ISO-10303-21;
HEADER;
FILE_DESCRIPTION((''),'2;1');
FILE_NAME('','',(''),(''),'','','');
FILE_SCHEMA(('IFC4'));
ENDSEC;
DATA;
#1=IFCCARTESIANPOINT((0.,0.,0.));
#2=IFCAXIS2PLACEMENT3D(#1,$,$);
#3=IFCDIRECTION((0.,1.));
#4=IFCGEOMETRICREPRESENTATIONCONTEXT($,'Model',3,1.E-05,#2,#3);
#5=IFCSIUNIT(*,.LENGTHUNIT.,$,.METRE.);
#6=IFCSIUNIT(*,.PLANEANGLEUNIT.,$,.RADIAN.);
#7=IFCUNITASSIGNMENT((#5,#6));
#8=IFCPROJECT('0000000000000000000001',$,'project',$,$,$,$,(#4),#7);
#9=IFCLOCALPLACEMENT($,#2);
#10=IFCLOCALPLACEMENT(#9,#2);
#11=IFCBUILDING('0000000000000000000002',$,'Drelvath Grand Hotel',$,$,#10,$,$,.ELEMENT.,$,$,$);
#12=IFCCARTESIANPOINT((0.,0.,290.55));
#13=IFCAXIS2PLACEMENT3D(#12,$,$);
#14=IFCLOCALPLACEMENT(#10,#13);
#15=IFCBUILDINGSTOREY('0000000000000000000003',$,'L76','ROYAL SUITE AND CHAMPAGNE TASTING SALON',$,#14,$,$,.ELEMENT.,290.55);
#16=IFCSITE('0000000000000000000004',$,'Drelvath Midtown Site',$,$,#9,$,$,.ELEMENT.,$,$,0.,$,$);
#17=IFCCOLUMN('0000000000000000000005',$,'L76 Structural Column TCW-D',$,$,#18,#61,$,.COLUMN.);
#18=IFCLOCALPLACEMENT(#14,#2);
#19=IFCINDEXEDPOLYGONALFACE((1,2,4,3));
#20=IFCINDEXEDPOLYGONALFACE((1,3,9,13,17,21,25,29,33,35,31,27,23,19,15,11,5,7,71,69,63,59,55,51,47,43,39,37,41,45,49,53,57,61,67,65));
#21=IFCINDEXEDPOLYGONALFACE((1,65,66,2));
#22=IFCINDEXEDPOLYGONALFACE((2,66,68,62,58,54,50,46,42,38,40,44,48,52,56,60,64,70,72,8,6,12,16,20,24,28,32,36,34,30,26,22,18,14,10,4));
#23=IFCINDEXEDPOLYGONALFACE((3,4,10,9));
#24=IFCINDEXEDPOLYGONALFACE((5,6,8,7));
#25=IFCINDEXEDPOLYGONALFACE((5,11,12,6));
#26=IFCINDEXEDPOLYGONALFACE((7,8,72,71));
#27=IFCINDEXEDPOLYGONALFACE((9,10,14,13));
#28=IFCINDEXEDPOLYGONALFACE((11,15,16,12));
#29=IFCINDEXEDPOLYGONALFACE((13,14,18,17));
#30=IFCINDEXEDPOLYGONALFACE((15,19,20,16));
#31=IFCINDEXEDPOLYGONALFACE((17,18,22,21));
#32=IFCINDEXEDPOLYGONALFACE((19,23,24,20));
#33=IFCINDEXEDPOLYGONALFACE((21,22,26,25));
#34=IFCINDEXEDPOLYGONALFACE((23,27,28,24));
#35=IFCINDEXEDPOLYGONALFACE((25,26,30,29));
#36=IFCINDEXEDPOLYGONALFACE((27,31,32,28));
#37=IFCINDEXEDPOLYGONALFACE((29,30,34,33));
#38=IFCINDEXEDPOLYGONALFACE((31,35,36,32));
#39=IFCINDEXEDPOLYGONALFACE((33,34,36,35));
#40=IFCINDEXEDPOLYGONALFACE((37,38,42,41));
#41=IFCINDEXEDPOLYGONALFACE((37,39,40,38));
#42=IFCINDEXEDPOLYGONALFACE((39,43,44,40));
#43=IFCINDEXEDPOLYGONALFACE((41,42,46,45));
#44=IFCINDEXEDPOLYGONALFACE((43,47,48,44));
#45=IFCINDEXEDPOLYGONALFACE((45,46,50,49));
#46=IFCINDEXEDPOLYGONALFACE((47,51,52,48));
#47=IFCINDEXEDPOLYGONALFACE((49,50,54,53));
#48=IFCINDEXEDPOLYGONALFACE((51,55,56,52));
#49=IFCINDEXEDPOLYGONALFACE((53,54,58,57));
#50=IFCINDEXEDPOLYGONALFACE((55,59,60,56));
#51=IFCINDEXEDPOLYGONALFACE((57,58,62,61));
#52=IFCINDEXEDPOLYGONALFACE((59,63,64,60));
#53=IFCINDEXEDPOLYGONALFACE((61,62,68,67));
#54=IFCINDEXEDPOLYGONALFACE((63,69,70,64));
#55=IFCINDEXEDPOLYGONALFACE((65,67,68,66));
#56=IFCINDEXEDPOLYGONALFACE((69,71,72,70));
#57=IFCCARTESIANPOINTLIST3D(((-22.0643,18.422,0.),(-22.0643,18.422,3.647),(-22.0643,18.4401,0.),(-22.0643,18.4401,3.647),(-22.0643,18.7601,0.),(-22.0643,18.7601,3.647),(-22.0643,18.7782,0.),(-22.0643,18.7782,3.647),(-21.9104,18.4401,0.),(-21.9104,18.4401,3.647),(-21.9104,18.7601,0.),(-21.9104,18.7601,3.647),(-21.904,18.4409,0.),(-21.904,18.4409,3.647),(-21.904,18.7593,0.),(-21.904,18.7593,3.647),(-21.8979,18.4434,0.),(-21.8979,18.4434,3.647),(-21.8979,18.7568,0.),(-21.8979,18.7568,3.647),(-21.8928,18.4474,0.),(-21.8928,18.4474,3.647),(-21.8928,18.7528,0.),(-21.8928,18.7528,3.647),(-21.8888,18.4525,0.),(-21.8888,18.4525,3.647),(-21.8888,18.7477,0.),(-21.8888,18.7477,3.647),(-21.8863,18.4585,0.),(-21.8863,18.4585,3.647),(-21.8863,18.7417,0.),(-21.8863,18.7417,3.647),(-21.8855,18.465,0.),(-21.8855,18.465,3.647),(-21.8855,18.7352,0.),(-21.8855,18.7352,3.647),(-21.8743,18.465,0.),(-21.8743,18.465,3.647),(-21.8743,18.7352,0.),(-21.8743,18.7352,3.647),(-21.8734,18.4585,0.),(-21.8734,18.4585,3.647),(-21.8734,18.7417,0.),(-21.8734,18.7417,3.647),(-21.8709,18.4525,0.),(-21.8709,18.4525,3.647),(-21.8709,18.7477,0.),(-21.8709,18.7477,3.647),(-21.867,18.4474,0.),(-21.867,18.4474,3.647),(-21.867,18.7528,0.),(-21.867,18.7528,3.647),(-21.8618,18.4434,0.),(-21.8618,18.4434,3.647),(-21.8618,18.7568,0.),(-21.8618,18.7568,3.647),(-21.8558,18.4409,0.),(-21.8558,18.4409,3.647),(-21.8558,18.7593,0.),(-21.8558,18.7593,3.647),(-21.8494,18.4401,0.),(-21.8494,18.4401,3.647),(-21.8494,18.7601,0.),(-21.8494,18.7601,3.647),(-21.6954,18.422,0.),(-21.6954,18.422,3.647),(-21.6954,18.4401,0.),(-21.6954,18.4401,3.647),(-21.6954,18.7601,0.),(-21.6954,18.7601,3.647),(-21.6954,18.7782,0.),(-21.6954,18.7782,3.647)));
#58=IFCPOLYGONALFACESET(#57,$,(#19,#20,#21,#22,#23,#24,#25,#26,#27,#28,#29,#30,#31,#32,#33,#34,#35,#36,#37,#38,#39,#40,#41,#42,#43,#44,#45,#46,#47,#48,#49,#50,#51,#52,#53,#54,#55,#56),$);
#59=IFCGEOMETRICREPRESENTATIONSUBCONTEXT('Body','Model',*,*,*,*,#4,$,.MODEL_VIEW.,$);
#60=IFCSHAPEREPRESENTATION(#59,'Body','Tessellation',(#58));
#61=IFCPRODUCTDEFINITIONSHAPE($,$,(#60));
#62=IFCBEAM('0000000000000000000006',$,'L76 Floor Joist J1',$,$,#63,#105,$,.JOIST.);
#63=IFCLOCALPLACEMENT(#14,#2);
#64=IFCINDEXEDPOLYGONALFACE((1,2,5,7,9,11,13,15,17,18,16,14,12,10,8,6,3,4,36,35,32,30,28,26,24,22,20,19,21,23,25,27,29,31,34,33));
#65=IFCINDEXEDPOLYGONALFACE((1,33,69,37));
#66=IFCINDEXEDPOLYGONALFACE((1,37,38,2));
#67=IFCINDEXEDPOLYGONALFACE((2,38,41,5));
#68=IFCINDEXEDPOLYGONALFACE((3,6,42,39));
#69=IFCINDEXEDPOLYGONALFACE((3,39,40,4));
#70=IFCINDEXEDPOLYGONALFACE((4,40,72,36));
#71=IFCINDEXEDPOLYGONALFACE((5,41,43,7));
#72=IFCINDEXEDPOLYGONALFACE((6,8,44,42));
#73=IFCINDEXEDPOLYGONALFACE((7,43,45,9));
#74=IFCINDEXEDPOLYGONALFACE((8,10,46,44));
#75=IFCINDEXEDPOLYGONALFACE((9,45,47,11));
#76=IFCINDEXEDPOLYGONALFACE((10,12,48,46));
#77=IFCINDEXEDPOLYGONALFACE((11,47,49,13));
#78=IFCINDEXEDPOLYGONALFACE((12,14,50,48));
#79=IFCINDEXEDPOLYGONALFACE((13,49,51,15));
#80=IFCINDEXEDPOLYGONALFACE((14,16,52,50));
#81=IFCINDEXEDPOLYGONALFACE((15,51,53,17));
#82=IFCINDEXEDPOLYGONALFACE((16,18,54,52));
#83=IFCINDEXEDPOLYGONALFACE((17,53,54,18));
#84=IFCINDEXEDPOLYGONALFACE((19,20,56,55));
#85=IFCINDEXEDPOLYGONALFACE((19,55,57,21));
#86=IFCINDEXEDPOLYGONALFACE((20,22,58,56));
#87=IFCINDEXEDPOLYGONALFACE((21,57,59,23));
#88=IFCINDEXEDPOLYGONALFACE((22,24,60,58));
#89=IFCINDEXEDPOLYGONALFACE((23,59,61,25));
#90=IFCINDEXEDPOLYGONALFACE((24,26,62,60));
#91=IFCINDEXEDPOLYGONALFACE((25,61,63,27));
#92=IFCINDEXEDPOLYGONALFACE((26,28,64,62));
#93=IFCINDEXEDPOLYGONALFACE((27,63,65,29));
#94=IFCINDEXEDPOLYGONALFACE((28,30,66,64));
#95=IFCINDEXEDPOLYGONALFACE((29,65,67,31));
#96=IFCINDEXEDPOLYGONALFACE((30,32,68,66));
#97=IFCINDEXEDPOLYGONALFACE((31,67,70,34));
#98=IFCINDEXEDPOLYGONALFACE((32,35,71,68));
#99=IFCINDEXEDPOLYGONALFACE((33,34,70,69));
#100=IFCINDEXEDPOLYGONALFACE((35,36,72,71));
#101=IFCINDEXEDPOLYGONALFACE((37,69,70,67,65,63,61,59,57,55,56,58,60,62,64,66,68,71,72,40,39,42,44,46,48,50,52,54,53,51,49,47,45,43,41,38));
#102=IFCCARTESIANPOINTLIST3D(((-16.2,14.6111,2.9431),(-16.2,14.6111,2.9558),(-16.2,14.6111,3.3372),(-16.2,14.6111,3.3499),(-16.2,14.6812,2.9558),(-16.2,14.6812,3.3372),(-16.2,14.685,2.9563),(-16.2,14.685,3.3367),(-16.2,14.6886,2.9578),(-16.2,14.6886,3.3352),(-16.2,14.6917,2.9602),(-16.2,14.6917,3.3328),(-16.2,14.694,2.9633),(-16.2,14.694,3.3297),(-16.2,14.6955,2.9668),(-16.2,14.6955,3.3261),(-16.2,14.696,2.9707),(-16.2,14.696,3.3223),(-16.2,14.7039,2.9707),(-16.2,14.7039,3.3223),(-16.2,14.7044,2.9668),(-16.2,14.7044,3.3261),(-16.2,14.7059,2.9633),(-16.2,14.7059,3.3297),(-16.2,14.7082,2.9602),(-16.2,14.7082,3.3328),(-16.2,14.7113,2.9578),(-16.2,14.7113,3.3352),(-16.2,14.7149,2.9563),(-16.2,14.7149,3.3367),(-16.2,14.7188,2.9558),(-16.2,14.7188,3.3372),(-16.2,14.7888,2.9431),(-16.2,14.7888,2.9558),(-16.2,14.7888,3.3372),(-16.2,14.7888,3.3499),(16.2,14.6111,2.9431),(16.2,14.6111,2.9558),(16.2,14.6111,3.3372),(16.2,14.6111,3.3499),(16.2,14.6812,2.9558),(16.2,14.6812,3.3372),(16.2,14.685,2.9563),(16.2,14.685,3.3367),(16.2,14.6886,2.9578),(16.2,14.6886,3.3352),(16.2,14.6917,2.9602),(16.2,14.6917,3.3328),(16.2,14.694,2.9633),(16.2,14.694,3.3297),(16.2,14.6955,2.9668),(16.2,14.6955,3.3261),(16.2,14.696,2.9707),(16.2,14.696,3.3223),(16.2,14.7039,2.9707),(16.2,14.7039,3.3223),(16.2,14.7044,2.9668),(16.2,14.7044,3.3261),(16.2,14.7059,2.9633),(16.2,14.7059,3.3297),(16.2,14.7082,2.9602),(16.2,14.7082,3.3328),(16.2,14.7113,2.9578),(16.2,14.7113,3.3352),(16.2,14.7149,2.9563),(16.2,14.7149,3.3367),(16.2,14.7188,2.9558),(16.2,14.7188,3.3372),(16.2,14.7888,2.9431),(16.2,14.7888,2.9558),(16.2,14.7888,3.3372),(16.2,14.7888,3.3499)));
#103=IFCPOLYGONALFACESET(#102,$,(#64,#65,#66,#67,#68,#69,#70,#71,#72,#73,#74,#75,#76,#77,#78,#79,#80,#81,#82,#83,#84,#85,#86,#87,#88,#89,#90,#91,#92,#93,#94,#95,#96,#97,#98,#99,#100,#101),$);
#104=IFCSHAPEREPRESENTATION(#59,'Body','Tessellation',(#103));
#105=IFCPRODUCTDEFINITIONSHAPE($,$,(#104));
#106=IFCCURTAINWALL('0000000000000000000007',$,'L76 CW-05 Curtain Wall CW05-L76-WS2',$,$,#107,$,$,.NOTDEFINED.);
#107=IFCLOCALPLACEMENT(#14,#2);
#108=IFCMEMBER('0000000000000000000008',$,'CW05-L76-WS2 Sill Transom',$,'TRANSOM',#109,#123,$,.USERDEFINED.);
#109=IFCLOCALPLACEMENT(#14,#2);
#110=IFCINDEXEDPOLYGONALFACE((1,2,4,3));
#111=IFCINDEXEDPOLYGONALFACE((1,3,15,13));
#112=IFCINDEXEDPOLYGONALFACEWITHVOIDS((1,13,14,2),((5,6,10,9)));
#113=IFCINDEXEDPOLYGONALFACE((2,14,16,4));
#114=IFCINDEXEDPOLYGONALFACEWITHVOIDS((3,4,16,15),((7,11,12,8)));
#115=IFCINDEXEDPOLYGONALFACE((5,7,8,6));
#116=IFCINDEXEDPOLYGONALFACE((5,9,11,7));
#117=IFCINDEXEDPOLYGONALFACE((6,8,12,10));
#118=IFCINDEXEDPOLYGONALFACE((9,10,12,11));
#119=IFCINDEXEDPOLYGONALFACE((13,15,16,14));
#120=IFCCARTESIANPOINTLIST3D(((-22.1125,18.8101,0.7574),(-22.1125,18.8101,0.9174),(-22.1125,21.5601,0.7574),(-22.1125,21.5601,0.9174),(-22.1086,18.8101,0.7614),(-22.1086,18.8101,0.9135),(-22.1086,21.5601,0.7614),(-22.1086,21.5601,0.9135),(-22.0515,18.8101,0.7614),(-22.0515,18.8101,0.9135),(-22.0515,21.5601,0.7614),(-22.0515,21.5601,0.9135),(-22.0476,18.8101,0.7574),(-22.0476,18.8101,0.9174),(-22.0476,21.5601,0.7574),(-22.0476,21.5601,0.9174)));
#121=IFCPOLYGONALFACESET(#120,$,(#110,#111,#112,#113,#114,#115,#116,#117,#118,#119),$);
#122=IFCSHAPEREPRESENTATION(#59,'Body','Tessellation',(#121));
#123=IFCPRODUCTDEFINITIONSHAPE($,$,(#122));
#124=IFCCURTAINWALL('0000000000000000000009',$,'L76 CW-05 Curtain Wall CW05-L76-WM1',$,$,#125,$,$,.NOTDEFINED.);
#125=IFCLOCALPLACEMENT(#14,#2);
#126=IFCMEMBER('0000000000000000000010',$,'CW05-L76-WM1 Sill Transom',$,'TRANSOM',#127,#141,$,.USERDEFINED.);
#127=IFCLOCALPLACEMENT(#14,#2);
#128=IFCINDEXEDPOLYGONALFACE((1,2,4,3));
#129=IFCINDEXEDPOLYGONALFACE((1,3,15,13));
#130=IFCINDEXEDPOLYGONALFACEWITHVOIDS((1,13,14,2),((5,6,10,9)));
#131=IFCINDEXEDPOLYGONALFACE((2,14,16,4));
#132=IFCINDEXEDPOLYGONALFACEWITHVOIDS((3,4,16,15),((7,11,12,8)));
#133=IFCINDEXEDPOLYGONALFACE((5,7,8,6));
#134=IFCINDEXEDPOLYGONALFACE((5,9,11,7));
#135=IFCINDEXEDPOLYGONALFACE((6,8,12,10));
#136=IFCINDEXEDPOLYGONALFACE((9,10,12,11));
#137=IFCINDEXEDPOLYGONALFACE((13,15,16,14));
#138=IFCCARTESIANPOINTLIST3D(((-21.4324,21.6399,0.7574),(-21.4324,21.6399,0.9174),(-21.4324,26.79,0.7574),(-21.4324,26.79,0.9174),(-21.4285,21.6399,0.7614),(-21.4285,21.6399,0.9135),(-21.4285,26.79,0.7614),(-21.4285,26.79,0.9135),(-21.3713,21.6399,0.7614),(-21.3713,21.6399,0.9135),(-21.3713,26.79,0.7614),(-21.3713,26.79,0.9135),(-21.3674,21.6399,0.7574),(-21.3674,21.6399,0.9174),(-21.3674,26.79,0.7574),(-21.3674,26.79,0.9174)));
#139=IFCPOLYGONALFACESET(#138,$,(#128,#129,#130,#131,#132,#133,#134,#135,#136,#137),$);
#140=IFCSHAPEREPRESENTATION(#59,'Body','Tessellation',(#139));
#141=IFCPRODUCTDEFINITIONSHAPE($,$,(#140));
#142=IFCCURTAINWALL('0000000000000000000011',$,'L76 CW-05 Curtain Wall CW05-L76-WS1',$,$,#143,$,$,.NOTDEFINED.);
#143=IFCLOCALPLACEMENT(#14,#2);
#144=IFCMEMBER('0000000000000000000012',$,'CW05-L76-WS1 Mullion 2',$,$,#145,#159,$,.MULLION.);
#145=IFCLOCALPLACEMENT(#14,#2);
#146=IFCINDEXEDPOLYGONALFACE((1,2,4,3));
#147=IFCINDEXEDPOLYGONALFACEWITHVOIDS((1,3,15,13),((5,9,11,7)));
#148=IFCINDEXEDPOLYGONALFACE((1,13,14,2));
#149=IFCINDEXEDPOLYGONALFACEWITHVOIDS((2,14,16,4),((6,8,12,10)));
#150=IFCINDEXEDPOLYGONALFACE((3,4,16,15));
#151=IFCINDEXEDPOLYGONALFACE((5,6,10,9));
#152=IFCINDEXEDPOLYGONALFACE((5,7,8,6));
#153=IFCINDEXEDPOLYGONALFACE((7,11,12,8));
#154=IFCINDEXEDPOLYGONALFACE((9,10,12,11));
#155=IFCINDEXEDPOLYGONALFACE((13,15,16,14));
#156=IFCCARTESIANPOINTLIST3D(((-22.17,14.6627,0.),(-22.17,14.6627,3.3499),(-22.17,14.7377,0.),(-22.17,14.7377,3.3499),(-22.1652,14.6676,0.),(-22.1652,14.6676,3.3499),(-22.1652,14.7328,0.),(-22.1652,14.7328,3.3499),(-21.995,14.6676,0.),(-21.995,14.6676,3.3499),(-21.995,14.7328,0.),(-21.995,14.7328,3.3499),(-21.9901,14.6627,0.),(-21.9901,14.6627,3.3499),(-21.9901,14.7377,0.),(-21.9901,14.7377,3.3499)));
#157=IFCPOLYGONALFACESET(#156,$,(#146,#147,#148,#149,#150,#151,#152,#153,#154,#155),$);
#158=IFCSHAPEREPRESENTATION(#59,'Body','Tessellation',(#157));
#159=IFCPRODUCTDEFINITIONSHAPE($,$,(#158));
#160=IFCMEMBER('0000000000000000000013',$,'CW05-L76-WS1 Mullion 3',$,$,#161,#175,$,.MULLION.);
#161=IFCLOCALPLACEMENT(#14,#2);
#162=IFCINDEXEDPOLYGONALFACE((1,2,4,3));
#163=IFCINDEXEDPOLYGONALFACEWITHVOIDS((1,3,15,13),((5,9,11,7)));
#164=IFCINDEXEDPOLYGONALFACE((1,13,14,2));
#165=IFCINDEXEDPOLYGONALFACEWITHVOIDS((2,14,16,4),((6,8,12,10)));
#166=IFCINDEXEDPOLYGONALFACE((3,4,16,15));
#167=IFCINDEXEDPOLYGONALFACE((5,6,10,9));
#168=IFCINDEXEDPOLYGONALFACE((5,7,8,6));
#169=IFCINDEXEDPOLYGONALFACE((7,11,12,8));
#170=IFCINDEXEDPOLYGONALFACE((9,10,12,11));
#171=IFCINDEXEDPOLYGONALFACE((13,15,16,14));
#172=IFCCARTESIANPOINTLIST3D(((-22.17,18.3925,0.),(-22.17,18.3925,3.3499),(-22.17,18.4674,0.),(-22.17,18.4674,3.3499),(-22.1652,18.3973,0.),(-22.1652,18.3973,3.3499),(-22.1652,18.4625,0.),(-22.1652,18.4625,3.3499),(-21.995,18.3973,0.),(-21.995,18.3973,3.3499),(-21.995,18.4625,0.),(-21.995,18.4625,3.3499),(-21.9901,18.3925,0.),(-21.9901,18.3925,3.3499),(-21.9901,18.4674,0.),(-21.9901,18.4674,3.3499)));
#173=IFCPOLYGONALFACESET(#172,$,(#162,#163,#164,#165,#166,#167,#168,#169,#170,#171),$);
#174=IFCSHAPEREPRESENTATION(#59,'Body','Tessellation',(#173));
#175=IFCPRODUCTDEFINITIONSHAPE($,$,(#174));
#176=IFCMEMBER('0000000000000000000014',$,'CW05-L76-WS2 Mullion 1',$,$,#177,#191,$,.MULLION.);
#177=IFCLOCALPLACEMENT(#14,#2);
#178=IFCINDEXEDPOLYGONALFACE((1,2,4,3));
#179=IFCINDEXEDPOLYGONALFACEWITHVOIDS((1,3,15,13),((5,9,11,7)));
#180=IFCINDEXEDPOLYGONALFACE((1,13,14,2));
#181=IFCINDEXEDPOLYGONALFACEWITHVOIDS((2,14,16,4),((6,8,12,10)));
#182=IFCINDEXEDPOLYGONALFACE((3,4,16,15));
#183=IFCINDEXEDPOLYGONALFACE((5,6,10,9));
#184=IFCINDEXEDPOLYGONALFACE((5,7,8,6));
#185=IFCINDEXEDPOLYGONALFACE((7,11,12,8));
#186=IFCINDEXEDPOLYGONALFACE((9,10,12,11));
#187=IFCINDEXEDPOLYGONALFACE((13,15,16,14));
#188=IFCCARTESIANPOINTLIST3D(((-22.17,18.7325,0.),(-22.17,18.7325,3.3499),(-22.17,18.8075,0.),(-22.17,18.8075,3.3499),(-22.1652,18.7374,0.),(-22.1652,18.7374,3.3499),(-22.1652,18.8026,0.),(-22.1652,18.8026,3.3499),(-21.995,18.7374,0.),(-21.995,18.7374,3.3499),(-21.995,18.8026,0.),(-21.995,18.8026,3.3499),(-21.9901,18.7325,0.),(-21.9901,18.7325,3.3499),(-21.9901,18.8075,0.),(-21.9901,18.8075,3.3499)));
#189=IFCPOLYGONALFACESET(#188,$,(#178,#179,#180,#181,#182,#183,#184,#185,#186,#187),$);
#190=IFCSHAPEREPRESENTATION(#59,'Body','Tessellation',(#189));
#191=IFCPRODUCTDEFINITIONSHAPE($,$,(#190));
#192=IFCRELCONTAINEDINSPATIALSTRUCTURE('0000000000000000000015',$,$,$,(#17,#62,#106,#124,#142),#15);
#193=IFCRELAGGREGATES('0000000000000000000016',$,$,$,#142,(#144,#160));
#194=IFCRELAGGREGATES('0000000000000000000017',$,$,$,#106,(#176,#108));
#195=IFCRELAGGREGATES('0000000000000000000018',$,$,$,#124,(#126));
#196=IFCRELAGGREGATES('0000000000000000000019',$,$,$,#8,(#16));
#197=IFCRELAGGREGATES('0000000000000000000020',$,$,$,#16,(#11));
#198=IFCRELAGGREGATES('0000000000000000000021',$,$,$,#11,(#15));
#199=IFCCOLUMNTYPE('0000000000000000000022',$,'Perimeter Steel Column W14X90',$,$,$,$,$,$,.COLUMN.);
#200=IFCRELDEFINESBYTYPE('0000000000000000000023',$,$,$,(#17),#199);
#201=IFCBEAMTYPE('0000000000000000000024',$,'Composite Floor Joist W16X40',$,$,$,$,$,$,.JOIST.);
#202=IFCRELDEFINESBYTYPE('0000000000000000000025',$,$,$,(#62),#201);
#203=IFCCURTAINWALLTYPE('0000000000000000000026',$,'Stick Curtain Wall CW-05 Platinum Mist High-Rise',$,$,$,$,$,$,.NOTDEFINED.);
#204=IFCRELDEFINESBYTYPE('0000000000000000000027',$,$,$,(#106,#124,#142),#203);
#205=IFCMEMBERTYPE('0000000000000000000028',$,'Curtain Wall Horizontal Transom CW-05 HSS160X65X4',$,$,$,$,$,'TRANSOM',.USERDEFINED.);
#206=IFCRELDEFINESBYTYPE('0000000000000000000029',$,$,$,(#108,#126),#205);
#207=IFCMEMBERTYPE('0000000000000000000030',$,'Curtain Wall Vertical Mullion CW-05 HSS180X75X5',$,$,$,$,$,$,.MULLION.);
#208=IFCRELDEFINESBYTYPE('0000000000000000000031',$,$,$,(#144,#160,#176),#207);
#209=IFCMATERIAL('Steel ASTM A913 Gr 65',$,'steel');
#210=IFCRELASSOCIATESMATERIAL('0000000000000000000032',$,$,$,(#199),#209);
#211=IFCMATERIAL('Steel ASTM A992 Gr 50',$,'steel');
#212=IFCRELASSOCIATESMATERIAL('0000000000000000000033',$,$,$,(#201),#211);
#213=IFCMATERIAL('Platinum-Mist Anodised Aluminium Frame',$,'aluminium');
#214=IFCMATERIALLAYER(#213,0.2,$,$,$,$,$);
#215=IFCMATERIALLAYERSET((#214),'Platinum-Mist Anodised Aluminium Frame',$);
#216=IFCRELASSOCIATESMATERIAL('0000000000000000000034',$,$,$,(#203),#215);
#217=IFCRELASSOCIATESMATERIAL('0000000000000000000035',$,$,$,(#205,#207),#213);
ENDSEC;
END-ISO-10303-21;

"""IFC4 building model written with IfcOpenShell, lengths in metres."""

from ifc_helpers import new_model, si_unit, direction, frame, origin, origin_2d, place, context, subcontext, project, spatial, hollow_rectangle, i_section, extrude, material, layer, layer_set, material_profile, profile_set, type_object, element, aggregate, save


model = new_model("IFC4")

# Units and contexts
model_context = context("Model", 3, precision=1e-05, world=origin(), true_north=direction((0.0, 1.0)))
body_context = subcontext(model_context, "Body", "Model", "MODEL_VIEW")
ifc_project = project(units=[si_unit("LENGTHUNIT", "METRE"), si_unit("PLANEANGLEUNIT", "RADIAN")], contexts=[model_context])

# Site, building, storey
site_placement = place(None, origin())
site = spatial("IfcSite", under=ifc_project, at=site_placement, Name="Drelvath Midtown Site", CompositionType="ELEMENT", RefElevation=0.0)
building_placement = place(site_placement, origin())
building = spatial("IfcBuilding", under=site, at=building_placement, Name="Drelvath Grand Hotel", CompositionType="ELEMENT")
storey_placement = place(building_placement, frame((0.0, 0.0, 290.55)))
storey = spatial("IfcBuildingStorey", under=building, at=storey_placement, Name="L76", Description="ROYAL SUITE AND CHAMPAGNE TASTING SALON", CompositionType="ELEMENT", Elevation=290.55)

# Column
ifc_material_1 = material(Name="Steel ASTM A913 Gr 65", Category="steel")
ifc_material_profile_1 = material_profile(ifc_material_1, i_section(OverallWidth=0.3689, OverallDepth=0.3562, WebThickness=0.0112, FlangeThickness=0.0181, FilletRadius=0.0249, at=origin_2d()), Name="W14X90")
ifc_profile_set_1 = profile_set([ifc_material_profile_1], Name="Steel ASTM A913 Gr 65")
column_type = type_object("IfcColumnType", Name="Perimeter Steel Column W14X90", PredefinedType="COLUMN", material=ifc_profile_set_1)
column_placement = place(storey_placement, frame((-21.8799, 18.6001, 0.0), z_axis=(0.0, 0.0, 1.0), x_axis=(1.0, 0.0, 0.0)))
element("IfcColumn", 1, at=column_placement, inside=storey, type_object=column_type, Name="L76 Structural Column TCW-D", PredefinedType="COLUMN", context=body_context, shape_type="SweptSolid", body=[
    extrude(i_section(OverallWidth=0.3689, OverallDepth=0.3562, WebThickness=0.0112, FlangeThickness=0.0181, FilletRadius=0.0249, at=origin_2d()), origin(), (0.0, 0.0, 1.0), 3.647),
])

# Beam
ifc_material_2 = material(Name="Steel ASTM A992 Gr 50", Category="steel")
ifc_material_profile_2 = material_profile(ifc_material_2, i_section(OverallWidth=0.1777, OverallDepth=0.4067, WebThickness=0.0078, FlangeThickness=0.0127, FilletRadius=0.0149, at=origin_2d()), Name="W16X40")
ifc_profile_set_2 = profile_set([ifc_material_profile_2], Name="Steel ASTM A992 Gr 50")
beam_type_1 = type_object("IfcBeamType", Name="Composite Floor Joist W16X40", PredefinedType="JOIST", material=ifc_profile_set_2)
beam_1_placement = place(storey_placement, frame((-16.2, 14.7, 3.1465), z_axis=(1.0, 0.0, 0.0), x_axis=(0.0, 1.0, 0.0)))
element("IfcBeam", 2, at=beam_1_placement, inside=storey, type_object=beam_type_1, Name="L76 Floor Joist J1", PredefinedType="JOIST", context=body_context, shape_type="SweptSolid", body=[
    extrude(i_section(OverallWidth=0.1777, OverallDepth=0.4067, WebThickness=0.0078, FlangeThickness=0.0127, FilletRadius=0.0149, at=origin_2d()), origin(), (0.0, 0.0, 1.0), 32.3999),
])

# Curtain walls, members
ifc_material_3 = material(Name="Platinum-Mist Anodised Aluminium Frame", Category="aluminium")
ifc_layer_1 = layer(ifc_material_3, 0.2)
ifc_layer_set_1 = layer_set([ifc_layer_1], Name="Platinum-Mist Anodised Aluminium Frame")
curtain_wall_type = type_object("IfcCurtainWallType", Name="Stick Curtain Wall CW-05 Platinum Mist High-Rise", PredefinedType="NOTDEFINED", material=ifc_layer_set_1)
curtain_wall_1_placement = place(storey_placement, origin())
curtain_wall_1 = element("IfcCurtainWall", 3, at=curtain_wall_1_placement, inside=storey, type_object=curtain_wall_type, Name="L76 CW-05 Curtain Wall CW05-L76-WS2", PredefinedType="NOTDEFINED")
ifc_material_profile_3 = material_profile(ifc_material_3, hollow_rectangle(XDim=0.0649, YDim=0.1599, WallThickness=0.0039, at=origin_2d()), Name="HSS160X65X4")
ifc_profile_set_3 = profile_set([ifc_material_profile_3], Name="Platinum-Mist Anodised Aluminium Frame")
member_type_1 = type_object("IfcMemberType", Name="Curtain Wall Horizontal Transom CW-05 HSS160X65X4", ElementType="TRANSOM", PredefinedType="USERDEFINED", material=ifc_profile_set_3)
member_1_placement = place(storey_placement, frame((-22.0801, 18.8101, 0.8374), z_axis=(0.0, 1.0, 0.0), x_axis=(-1.0, 0.0, 0.0)))
member_1 = element("IfcMember", 4, at=member_1_placement, type_object=member_type_1, Name="CW05-L76-WS2 Sill Transom", ObjectType="TRANSOM", PredefinedType="USERDEFINED", context=body_context, shape_type="SweptSolid", body=[
    extrude(hollow_rectangle(XDim=0.0649, YDim=0.1599, WallThickness=0.0039, at=origin_2d()), origin(), (0.0, 0.0, 1.0), 2.75),
])
curtain_wall_2_placement = place(storey_placement, origin())
curtain_wall_2 = element("IfcCurtainWall", 5, at=curtain_wall_2_placement, inside=storey, type_object=curtain_wall_type, Name="L76 CW-05 Curtain Wall CW05-L76-WM1", PredefinedType="NOTDEFINED")
member_2_placement = place(storey_placement, frame((-21.3999, 21.6399, 0.8374), z_axis=(0.0, 1.0, 0.0), x_axis=(-1.0, 0.0, 0.0)))
member_2 = element("IfcMember", 6, at=member_2_placement, type_object=member_type_1, Name="CW05-L76-WM1 Sill Transom", ObjectType="TRANSOM", PredefinedType="USERDEFINED", context=body_context, shape_type="SweptSolid", body=[
    extrude(hollow_rectangle(XDim=0.0649, YDim=0.1599, WallThickness=0.0039, at=origin_2d()), origin(), (0.0, 0.0, 1.0), 5.1501),
])

# Curtain wall, members
curtain_wall_3_placement = place(storey_placement, origin())
curtain_wall_3 = element("IfcCurtainWall", 7, at=curtain_wall_3_placement, inside=storey, type_object=curtain_wall_type, Name="L76 CW-05 Curtain Wall CW05-L76-WS1", PredefinedType="NOTDEFINED")
ifc_material_profile_4 = material_profile(ifc_material_3, hollow_rectangle(XDim=0.075, YDim=0.1799, WallThickness=0.0049, at=origin_2d()), Name="HSS180X75X5")
ifc_profile_set_4 = profile_set([ifc_material_profile_4], Name="Platinum-Mist Anodised Aluminium Frame")
member_type_2 = type_object("IfcMemberType", Name="Curtain Wall Vertical Mullion CW-05 HSS180X75X5", PredefinedType="MULLION", material=ifc_profile_set_4)
member_3_placement = place(storey_placement, frame((-22.0801, 14.7002, 0.0), z_axis=(0.0, 0.0, 1.0), x_axis=(0.0, 1.0, 0.0)))
member_3 = element("IfcMember", 8, at=member_3_placement, type_object=member_type_2, Name="CW05-L76-WS1 Mullion 2", PredefinedType="MULLION", context=body_context, shape_type="SweptSolid", body=[
    extrude(hollow_rectangle(XDim=0.075, YDim=0.1799, WallThickness=0.0049, at=origin_2d()), origin(), (0.0, 0.0, 1.0), 3.3499),
])
member_4_placement = place(storey_placement, frame((-22.0801, 18.4299, 0.0), z_axis=(0.0, 0.0, 1.0), x_axis=(0.0, 1.0, 0.0)))
member_4 = element("IfcMember", 9, at=member_4_placement, type_object=member_type_2, Name="CW05-L76-WS1 Mullion 3", PredefinedType="MULLION", context=body_context, shape_type="SweptSolid", body=[
    extrude(hollow_rectangle(XDim=0.075, YDim=0.1799, WallThickness=0.0049, at=origin_2d()), origin(), (0.0, 0.0, 1.0), 3.3499),
])

# Member
member_5_placement = place(storey_placement, frame((-22.0801, 18.77, 0.0), z_axis=(0.0, 0.0, 1.0), x_axis=(0.0, 1.0, 0.0)))
member_5 = element("IfcMember", 10, at=member_5_placement, type_object=member_type_2, Name="CW05-L76-WS2 Mullion 1", PredefinedType="MULLION", context=body_context, shape_type="SweptSolid", body=[
    extrude(hollow_rectangle(XDim=0.075, YDim=0.1799, WallThickness=0.0049, at=origin_2d()), origin(), (0.0, 0.0, 1.0), 3.3499),
])

aggregate(curtain_wall_3, [member_3, member_4])
aggregate(curtain_wall_1, [member_5, member_1])
aggregate(curtain_wall_2, [member_2])

save(model, "model.ifc")
